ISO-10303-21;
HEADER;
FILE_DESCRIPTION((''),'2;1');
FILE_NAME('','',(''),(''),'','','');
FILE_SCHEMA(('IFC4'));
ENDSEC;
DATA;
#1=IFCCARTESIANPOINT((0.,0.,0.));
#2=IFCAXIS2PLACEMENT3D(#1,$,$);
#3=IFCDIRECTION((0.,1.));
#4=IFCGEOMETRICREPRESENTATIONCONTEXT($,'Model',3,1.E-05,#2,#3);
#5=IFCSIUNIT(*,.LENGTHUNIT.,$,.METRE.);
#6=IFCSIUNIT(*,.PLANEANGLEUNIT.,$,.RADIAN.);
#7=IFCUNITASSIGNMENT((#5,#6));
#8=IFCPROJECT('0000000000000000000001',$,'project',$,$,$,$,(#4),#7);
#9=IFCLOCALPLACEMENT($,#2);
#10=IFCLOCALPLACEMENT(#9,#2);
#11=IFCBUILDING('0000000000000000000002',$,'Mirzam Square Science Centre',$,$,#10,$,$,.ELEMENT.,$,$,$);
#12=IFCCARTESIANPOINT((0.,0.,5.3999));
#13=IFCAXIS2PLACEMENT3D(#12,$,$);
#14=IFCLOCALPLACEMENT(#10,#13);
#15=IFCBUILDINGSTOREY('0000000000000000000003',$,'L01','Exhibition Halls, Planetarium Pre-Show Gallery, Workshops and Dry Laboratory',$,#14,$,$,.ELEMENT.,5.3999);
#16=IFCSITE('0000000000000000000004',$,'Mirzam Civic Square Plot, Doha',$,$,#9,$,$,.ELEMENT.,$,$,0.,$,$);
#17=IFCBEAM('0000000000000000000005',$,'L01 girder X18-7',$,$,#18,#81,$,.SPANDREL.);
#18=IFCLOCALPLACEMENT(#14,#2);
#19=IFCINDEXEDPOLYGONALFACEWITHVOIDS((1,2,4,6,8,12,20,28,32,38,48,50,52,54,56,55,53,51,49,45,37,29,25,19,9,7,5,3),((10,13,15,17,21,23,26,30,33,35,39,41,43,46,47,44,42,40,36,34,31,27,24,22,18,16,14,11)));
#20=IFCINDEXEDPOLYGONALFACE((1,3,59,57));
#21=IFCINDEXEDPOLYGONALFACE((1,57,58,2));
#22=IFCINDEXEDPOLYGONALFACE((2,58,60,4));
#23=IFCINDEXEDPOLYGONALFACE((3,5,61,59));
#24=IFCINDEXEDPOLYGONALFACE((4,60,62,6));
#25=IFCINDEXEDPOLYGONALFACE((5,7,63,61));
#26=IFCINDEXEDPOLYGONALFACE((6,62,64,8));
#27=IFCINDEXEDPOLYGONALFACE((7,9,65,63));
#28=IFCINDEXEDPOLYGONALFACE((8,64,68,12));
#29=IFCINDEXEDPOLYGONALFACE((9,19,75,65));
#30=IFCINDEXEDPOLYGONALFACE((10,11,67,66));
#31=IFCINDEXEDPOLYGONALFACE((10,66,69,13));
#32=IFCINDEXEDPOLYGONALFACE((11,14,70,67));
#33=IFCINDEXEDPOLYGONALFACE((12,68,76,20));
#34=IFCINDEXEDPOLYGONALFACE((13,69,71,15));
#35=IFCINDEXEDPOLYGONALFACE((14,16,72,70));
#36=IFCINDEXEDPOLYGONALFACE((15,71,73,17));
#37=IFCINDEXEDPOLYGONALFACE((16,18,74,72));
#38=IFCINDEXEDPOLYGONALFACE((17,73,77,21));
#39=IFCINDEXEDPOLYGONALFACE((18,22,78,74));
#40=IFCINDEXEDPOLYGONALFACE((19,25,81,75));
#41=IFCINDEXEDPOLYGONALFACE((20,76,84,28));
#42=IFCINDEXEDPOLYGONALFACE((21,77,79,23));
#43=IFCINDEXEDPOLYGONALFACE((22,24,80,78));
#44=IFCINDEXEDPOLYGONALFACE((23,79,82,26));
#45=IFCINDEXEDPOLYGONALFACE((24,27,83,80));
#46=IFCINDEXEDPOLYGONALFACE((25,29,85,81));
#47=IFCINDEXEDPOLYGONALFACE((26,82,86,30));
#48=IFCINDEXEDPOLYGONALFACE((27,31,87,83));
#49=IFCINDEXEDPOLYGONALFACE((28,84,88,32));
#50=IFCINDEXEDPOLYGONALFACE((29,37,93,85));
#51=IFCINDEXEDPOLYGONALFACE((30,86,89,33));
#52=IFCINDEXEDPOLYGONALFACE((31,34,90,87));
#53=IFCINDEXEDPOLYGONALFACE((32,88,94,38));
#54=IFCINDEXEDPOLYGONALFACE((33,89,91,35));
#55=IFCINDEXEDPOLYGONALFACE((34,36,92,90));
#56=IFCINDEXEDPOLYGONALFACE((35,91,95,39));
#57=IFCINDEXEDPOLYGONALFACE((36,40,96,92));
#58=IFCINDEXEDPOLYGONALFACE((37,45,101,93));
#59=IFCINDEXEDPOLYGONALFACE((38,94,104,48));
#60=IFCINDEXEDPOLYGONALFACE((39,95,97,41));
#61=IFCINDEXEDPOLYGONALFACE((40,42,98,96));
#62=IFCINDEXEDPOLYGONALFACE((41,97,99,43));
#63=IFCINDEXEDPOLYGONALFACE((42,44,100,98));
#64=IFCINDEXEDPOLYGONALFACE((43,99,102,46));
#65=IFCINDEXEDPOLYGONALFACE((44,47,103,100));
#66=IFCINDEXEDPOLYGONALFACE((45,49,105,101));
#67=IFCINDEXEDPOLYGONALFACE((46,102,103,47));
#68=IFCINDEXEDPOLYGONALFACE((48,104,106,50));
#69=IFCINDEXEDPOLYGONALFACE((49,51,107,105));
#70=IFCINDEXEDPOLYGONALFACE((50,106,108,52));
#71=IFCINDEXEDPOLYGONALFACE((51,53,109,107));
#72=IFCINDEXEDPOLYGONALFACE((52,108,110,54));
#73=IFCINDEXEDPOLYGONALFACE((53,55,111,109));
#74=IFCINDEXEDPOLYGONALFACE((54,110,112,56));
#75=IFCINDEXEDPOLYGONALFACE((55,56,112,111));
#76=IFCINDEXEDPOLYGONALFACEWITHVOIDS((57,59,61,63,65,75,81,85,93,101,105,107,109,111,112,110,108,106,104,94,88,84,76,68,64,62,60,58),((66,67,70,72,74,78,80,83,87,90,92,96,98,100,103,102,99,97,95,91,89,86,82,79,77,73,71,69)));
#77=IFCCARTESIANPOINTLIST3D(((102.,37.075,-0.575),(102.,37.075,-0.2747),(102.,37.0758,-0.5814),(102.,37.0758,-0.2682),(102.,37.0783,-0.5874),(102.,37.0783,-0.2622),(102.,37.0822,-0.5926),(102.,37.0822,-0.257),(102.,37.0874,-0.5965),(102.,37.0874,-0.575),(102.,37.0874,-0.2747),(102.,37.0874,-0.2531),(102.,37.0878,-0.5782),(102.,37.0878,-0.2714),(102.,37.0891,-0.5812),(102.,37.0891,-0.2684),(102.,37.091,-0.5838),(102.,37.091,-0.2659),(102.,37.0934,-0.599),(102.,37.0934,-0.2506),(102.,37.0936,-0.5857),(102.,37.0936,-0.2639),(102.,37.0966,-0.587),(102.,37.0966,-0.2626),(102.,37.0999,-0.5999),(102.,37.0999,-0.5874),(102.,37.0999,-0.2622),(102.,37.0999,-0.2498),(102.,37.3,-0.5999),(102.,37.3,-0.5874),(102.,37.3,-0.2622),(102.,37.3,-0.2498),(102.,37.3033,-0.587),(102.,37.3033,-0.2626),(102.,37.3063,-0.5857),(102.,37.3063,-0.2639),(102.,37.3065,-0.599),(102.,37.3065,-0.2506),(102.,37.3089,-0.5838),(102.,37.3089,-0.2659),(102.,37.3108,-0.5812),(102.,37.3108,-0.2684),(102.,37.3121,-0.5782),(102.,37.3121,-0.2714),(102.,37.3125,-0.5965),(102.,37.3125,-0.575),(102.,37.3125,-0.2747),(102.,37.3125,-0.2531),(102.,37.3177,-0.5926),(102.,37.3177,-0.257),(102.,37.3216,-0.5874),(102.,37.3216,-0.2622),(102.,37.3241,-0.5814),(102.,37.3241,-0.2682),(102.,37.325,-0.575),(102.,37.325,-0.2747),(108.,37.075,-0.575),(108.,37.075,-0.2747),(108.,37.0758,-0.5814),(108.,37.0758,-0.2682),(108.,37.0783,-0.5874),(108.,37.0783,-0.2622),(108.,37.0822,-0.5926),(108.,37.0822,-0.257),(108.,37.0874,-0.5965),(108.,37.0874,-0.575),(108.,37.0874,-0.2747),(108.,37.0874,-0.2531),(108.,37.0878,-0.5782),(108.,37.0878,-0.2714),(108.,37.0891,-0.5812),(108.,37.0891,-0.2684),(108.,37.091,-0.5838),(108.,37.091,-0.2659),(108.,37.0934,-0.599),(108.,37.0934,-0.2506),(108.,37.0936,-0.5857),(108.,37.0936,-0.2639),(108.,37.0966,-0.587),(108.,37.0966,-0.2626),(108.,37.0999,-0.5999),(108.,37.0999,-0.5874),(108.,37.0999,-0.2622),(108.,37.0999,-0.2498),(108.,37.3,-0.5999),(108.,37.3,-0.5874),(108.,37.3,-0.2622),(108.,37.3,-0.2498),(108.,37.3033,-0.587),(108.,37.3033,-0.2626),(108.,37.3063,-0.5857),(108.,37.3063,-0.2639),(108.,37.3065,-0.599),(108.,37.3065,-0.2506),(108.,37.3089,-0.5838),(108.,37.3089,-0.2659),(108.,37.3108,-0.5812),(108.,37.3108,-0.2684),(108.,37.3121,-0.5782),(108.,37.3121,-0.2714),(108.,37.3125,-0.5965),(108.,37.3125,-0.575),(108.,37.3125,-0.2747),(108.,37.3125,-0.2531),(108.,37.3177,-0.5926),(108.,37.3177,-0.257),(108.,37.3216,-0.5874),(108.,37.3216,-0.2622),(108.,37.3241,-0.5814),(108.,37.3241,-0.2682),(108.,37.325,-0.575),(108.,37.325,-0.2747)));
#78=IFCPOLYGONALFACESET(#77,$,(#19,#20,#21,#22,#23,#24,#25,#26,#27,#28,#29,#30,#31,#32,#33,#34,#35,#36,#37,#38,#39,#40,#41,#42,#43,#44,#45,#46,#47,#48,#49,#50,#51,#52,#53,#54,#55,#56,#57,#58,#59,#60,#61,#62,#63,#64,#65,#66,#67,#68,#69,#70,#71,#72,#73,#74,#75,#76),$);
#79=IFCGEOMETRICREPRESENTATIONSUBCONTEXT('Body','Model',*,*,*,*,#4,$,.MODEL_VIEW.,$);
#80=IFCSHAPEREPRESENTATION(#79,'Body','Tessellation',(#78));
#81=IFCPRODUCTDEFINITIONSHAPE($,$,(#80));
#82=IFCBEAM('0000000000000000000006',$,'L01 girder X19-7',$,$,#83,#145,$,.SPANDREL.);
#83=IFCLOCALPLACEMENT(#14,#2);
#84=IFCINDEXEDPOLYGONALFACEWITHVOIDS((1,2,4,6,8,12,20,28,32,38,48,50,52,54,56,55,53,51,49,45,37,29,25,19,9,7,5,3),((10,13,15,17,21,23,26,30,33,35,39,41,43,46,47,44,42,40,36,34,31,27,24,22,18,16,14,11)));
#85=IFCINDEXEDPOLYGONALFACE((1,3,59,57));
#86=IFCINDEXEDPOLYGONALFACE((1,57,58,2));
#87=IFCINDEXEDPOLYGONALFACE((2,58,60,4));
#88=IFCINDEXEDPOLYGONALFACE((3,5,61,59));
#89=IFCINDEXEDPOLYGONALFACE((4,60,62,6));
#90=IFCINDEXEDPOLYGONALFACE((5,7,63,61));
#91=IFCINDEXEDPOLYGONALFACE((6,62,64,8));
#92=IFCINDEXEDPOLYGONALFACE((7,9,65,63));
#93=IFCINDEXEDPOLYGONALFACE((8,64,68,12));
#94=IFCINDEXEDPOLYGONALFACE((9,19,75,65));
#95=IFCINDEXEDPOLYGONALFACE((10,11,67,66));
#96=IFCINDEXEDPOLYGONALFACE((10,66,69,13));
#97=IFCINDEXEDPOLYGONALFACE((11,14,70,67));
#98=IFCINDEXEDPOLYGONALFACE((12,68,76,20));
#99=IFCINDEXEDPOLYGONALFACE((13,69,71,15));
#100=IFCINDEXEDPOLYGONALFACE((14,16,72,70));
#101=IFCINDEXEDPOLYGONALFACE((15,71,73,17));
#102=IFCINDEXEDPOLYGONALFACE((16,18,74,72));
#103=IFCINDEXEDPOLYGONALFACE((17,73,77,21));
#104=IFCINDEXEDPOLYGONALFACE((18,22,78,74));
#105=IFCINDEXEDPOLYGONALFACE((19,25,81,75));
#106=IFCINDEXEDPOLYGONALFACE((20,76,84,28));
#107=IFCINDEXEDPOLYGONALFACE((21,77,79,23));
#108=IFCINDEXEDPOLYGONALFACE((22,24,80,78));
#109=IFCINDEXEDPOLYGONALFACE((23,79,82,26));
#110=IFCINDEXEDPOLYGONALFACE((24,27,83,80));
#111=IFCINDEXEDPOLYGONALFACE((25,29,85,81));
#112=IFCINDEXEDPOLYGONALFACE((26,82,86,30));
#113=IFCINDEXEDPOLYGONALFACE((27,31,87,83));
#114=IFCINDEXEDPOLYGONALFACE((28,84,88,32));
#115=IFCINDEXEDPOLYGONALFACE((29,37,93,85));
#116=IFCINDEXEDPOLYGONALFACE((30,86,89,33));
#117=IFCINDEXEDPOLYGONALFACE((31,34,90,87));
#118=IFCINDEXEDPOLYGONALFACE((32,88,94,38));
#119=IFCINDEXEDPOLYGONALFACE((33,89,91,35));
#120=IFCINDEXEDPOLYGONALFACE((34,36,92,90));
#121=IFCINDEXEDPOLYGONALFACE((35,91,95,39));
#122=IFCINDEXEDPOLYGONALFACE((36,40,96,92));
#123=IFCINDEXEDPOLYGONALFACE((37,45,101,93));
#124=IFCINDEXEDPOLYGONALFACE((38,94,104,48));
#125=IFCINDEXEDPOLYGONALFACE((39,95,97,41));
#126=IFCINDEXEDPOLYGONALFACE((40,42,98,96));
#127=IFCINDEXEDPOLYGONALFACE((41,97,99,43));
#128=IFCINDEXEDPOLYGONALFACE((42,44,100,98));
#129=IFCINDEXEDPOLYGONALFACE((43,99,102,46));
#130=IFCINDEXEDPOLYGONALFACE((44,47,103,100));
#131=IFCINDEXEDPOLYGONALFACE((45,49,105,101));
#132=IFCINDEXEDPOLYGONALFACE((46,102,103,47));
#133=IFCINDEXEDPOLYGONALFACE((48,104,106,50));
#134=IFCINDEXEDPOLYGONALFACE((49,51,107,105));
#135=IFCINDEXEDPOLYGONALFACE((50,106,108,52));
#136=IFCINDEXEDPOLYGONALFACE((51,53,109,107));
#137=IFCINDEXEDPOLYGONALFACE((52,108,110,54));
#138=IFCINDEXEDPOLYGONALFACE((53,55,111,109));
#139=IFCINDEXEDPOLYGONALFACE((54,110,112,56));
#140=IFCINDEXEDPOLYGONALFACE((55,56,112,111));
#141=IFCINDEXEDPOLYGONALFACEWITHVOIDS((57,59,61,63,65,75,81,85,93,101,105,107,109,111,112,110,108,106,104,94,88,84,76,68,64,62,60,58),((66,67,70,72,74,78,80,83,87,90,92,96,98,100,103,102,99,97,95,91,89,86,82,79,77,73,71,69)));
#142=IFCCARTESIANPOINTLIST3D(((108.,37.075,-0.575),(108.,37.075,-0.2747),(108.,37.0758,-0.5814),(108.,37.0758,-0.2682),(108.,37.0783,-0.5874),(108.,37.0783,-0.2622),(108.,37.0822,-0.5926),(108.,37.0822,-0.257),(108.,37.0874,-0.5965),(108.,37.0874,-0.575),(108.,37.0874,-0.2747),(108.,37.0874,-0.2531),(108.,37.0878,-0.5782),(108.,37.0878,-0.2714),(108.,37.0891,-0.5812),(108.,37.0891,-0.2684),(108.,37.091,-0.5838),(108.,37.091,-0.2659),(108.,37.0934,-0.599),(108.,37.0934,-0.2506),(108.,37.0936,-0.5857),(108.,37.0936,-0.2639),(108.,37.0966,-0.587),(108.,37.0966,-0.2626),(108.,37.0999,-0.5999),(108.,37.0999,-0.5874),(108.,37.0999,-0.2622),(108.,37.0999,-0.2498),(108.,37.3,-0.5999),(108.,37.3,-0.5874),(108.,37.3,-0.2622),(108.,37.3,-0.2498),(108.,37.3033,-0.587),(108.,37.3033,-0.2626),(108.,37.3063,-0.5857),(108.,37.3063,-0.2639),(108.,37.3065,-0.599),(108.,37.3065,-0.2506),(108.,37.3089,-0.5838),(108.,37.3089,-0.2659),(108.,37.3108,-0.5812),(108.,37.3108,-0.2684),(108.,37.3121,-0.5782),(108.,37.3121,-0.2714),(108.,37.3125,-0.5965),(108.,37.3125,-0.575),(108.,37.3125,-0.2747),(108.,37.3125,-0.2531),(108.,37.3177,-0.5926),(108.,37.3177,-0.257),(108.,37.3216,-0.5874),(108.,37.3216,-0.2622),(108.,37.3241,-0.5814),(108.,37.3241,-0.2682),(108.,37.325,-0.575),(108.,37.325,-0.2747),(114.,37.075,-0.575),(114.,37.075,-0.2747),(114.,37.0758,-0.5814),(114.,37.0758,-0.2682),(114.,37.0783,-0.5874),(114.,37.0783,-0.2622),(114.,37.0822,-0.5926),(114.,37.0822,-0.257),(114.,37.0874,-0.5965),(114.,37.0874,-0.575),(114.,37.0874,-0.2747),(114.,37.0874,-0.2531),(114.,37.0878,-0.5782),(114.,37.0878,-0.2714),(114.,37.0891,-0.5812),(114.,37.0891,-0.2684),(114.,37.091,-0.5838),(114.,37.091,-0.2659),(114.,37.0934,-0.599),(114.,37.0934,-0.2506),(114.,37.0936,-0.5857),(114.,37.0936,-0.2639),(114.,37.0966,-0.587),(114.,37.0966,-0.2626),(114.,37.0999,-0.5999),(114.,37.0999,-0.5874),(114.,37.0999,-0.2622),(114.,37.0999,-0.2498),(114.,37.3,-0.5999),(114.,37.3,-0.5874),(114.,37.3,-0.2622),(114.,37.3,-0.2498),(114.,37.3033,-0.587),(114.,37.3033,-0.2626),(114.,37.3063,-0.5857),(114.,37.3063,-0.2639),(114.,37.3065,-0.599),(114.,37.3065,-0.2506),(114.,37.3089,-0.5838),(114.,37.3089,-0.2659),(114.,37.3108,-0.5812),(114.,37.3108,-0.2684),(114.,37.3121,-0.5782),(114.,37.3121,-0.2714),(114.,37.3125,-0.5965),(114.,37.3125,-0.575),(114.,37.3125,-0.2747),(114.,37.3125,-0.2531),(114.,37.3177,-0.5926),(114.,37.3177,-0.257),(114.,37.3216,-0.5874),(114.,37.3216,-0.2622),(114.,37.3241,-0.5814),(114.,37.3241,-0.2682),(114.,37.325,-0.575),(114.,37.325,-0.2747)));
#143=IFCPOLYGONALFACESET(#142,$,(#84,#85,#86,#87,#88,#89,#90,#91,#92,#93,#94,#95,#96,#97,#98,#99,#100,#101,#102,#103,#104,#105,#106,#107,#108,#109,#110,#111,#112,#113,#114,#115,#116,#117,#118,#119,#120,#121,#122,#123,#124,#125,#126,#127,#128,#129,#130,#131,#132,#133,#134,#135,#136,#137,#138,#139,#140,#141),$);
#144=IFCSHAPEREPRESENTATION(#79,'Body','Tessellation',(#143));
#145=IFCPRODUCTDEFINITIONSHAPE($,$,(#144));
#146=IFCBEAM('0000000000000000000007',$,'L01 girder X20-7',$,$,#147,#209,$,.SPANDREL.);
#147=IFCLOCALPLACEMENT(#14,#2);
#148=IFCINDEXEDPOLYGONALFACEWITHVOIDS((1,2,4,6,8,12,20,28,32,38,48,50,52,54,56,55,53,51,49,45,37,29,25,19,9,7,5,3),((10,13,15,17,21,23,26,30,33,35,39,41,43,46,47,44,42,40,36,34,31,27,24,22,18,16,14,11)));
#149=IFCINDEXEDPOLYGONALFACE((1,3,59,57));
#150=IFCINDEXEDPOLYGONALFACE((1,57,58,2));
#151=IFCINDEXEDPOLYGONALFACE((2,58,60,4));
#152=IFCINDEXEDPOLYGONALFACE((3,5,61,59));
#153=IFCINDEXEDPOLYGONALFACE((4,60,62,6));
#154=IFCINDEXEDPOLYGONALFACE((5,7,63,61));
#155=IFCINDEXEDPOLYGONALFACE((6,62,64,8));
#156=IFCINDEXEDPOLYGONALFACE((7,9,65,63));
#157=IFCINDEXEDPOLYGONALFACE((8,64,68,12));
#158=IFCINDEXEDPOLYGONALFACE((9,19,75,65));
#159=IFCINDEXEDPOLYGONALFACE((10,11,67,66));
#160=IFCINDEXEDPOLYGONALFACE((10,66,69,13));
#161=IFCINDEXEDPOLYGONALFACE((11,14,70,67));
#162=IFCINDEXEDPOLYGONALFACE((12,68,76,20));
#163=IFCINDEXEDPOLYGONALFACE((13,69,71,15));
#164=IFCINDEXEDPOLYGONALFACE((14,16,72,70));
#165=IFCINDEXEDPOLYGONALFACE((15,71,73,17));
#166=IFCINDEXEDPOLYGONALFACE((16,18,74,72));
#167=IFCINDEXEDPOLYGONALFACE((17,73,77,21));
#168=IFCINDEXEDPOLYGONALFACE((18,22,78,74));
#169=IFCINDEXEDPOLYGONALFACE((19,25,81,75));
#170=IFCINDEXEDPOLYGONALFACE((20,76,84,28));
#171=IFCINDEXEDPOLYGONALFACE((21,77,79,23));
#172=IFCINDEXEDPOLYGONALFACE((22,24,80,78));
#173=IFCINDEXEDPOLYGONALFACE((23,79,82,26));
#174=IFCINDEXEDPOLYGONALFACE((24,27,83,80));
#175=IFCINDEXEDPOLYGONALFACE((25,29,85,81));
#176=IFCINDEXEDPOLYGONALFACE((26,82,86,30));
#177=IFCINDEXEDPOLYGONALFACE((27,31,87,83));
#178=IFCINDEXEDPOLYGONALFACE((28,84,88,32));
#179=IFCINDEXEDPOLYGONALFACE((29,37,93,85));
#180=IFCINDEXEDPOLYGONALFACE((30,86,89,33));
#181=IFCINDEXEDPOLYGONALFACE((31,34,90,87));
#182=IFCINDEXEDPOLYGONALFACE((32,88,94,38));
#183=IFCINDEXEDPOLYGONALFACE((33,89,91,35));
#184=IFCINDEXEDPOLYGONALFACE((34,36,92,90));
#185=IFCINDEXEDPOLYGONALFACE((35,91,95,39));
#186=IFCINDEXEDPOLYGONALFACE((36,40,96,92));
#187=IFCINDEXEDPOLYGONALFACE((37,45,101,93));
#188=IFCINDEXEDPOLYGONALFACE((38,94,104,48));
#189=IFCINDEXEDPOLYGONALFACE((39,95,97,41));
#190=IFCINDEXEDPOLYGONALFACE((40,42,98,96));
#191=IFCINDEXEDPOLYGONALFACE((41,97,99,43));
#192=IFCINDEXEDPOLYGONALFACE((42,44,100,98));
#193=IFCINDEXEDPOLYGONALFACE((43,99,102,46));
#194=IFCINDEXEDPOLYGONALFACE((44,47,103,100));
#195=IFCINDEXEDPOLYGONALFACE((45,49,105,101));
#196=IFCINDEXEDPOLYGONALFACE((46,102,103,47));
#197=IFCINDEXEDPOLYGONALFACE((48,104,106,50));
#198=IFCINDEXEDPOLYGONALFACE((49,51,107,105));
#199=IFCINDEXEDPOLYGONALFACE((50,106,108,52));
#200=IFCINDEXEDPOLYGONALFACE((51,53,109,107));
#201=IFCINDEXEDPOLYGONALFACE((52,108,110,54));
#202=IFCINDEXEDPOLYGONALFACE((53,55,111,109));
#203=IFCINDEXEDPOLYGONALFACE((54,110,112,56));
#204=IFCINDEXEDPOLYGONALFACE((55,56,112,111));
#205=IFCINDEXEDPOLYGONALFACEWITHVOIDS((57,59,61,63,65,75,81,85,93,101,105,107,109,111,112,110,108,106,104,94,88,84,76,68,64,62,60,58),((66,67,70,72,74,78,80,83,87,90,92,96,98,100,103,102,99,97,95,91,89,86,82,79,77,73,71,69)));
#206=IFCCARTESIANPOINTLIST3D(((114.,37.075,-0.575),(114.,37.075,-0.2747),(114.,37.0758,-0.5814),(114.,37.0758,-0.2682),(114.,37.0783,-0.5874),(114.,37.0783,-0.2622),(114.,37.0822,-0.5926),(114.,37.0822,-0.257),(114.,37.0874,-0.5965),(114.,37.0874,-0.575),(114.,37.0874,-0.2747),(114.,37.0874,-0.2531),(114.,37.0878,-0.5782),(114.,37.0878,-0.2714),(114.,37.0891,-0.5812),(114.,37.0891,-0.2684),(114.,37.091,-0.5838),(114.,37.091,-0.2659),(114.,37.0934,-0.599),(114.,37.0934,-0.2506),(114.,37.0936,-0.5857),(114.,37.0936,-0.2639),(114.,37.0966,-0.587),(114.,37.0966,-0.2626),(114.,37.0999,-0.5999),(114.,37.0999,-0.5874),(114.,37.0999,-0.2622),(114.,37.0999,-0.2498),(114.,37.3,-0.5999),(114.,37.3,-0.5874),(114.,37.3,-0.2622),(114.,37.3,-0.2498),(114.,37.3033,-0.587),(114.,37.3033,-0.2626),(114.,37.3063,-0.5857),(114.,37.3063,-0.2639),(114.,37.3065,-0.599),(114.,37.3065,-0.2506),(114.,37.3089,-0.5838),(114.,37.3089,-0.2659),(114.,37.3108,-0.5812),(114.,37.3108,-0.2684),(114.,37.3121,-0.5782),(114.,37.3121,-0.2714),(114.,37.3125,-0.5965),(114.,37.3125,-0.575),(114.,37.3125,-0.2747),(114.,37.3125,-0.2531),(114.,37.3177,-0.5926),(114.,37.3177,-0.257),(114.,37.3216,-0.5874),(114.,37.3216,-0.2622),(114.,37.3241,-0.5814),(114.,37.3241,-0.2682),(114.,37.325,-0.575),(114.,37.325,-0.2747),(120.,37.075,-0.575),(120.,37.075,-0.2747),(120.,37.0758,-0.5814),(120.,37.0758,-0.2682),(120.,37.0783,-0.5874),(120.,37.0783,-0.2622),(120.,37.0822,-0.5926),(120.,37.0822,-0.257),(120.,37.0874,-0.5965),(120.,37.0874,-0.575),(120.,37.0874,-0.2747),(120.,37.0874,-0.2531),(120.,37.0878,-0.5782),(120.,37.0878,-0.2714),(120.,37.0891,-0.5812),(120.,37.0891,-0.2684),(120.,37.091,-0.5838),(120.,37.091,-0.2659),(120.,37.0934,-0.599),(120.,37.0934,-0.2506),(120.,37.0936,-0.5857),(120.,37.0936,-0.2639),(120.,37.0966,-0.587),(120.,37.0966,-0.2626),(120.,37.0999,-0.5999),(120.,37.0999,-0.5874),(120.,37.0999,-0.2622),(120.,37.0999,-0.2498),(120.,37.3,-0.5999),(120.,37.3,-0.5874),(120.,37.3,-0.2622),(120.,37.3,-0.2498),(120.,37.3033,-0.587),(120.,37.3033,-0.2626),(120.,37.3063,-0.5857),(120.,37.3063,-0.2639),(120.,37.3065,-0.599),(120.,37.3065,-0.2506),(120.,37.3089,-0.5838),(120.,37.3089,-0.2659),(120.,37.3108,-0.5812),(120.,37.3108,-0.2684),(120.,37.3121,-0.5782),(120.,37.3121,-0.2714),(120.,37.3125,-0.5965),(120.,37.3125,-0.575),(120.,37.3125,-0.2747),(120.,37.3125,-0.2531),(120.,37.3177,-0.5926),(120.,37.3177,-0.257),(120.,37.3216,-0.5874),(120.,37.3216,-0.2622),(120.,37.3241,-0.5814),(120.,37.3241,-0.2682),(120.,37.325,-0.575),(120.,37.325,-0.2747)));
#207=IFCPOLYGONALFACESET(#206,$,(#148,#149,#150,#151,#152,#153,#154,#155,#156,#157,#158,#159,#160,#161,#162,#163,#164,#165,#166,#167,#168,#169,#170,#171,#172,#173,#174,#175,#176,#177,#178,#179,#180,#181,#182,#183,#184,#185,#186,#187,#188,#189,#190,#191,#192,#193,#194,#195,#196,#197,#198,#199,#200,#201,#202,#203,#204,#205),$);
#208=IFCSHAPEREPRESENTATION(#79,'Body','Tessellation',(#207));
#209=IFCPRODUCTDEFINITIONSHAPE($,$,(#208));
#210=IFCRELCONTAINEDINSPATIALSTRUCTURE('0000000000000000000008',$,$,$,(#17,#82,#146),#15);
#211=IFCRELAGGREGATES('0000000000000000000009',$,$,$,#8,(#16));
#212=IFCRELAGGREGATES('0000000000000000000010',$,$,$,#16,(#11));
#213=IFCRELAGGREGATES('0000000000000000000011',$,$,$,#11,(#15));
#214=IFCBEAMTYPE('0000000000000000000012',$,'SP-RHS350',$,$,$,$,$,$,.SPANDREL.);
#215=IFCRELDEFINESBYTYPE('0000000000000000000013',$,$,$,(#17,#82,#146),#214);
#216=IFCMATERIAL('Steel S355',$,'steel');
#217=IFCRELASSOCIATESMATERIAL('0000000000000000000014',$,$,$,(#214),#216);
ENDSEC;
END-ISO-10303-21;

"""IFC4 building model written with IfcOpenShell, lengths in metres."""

from ifc_helpers import new_model, si_unit, direction, frame, origin, origin_2d, place, context, subcontext, project, spatial, hollow_rectangle, extrude, material, material_profile, profile_set, type_object, element, save


model = new_model("IFC4")

# Units and contexts
model_context = context("Model", 3, precision=1e-05, world=origin(), true_north=direction((0.0, 1.0)))
body_context = subcontext(model_context, "Body", "Model", "MODEL_VIEW")
ifc_project = project(units=[si_unit("LENGTHUNIT", "METRE"), si_unit("PLANEANGLEUNIT", "RADIAN")], contexts=[model_context])

# Site, building, storey
site_placement = place(None, origin())
site = spatial("IfcSite", under=ifc_project, at=site_placement, Name="Mirzam Civic Square Plot, Doha", CompositionType="ELEMENT", RefElevation=0.0)
building_placement = place(site_placement, origin())
building = spatial("IfcBuilding", under=site, at=building_placement, Name="Mirzam Square Science Centre", CompositionType="ELEMENT")
storey_placement = place(building_placement, frame((0.0, 0.0, 5.3999)))
storey = spatial("IfcBuildingStorey", under=building, at=storey_placement, Name="L01", Description="Exhibition Halls, Planetarium Pre-Show Gallery, Workshops and Dry Laboratory", CompositionType="ELEMENT", Elevation=5.3999)

# Shared definitions
ifc_material_1 = material(Name="Steel S355", Category="steel")

# Beams
ifc_material_profile_1 = material_profile(ifc_material_1, hollow_rectangle(XDim=0.25, YDim=0.3501, WallThickness=0.0125, InnerFilletRadius=0.0125, OuterFilletRadius=0.0249, at=origin_2d()), Name="350x250x12.5RHS")
ifc_profile_set_1 = profile_set([ifc_material_profile_1], Name="Steel S355")
beam_type_1 = type_object("IfcBeamType", Name="SP-RHS350", PredefinedType="SPANDREL", material=ifc_profile_set_1)
for number, where, z_axis, x_axis, name in (
    (1, (102.0, 37.2, -0.4248), (1.0, 0.0, 0.0), (0.0, 1.0, 0.0), "L01 girder X18-7"),
    (2, (108.0, 37.2, -0.4248), (1.0, 0.0, 0.0), (0.0, 1.0, 0.0), "L01 girder X19-7"),
    (3, (114.0, 37.2, -0.4248), (1.0, 0.0, 0.0), (0.0, 1.0, 0.0), "L01 girder X20-7"),
):
    element("IfcBeam", number, at=place(storey_placement, frame(where, z_axis=z_axis, x_axis=x_axis)), inside=storey, type_object=beam_type_1, Name=name, PredefinedType="SPANDREL", context=body_context, shape_type="SweptSolid", body=[
        extrude(hollow_rectangle(XDim=0.25, YDim=0.3501, WallThickness=0.0125, InnerFilletRadius=0.0125, OuterFilletRadius=0.0249, at=origin_2d()), origin(), (0.0, 0.0, 1.0), 6.0),
    ])

save(model, "model.ifc")
